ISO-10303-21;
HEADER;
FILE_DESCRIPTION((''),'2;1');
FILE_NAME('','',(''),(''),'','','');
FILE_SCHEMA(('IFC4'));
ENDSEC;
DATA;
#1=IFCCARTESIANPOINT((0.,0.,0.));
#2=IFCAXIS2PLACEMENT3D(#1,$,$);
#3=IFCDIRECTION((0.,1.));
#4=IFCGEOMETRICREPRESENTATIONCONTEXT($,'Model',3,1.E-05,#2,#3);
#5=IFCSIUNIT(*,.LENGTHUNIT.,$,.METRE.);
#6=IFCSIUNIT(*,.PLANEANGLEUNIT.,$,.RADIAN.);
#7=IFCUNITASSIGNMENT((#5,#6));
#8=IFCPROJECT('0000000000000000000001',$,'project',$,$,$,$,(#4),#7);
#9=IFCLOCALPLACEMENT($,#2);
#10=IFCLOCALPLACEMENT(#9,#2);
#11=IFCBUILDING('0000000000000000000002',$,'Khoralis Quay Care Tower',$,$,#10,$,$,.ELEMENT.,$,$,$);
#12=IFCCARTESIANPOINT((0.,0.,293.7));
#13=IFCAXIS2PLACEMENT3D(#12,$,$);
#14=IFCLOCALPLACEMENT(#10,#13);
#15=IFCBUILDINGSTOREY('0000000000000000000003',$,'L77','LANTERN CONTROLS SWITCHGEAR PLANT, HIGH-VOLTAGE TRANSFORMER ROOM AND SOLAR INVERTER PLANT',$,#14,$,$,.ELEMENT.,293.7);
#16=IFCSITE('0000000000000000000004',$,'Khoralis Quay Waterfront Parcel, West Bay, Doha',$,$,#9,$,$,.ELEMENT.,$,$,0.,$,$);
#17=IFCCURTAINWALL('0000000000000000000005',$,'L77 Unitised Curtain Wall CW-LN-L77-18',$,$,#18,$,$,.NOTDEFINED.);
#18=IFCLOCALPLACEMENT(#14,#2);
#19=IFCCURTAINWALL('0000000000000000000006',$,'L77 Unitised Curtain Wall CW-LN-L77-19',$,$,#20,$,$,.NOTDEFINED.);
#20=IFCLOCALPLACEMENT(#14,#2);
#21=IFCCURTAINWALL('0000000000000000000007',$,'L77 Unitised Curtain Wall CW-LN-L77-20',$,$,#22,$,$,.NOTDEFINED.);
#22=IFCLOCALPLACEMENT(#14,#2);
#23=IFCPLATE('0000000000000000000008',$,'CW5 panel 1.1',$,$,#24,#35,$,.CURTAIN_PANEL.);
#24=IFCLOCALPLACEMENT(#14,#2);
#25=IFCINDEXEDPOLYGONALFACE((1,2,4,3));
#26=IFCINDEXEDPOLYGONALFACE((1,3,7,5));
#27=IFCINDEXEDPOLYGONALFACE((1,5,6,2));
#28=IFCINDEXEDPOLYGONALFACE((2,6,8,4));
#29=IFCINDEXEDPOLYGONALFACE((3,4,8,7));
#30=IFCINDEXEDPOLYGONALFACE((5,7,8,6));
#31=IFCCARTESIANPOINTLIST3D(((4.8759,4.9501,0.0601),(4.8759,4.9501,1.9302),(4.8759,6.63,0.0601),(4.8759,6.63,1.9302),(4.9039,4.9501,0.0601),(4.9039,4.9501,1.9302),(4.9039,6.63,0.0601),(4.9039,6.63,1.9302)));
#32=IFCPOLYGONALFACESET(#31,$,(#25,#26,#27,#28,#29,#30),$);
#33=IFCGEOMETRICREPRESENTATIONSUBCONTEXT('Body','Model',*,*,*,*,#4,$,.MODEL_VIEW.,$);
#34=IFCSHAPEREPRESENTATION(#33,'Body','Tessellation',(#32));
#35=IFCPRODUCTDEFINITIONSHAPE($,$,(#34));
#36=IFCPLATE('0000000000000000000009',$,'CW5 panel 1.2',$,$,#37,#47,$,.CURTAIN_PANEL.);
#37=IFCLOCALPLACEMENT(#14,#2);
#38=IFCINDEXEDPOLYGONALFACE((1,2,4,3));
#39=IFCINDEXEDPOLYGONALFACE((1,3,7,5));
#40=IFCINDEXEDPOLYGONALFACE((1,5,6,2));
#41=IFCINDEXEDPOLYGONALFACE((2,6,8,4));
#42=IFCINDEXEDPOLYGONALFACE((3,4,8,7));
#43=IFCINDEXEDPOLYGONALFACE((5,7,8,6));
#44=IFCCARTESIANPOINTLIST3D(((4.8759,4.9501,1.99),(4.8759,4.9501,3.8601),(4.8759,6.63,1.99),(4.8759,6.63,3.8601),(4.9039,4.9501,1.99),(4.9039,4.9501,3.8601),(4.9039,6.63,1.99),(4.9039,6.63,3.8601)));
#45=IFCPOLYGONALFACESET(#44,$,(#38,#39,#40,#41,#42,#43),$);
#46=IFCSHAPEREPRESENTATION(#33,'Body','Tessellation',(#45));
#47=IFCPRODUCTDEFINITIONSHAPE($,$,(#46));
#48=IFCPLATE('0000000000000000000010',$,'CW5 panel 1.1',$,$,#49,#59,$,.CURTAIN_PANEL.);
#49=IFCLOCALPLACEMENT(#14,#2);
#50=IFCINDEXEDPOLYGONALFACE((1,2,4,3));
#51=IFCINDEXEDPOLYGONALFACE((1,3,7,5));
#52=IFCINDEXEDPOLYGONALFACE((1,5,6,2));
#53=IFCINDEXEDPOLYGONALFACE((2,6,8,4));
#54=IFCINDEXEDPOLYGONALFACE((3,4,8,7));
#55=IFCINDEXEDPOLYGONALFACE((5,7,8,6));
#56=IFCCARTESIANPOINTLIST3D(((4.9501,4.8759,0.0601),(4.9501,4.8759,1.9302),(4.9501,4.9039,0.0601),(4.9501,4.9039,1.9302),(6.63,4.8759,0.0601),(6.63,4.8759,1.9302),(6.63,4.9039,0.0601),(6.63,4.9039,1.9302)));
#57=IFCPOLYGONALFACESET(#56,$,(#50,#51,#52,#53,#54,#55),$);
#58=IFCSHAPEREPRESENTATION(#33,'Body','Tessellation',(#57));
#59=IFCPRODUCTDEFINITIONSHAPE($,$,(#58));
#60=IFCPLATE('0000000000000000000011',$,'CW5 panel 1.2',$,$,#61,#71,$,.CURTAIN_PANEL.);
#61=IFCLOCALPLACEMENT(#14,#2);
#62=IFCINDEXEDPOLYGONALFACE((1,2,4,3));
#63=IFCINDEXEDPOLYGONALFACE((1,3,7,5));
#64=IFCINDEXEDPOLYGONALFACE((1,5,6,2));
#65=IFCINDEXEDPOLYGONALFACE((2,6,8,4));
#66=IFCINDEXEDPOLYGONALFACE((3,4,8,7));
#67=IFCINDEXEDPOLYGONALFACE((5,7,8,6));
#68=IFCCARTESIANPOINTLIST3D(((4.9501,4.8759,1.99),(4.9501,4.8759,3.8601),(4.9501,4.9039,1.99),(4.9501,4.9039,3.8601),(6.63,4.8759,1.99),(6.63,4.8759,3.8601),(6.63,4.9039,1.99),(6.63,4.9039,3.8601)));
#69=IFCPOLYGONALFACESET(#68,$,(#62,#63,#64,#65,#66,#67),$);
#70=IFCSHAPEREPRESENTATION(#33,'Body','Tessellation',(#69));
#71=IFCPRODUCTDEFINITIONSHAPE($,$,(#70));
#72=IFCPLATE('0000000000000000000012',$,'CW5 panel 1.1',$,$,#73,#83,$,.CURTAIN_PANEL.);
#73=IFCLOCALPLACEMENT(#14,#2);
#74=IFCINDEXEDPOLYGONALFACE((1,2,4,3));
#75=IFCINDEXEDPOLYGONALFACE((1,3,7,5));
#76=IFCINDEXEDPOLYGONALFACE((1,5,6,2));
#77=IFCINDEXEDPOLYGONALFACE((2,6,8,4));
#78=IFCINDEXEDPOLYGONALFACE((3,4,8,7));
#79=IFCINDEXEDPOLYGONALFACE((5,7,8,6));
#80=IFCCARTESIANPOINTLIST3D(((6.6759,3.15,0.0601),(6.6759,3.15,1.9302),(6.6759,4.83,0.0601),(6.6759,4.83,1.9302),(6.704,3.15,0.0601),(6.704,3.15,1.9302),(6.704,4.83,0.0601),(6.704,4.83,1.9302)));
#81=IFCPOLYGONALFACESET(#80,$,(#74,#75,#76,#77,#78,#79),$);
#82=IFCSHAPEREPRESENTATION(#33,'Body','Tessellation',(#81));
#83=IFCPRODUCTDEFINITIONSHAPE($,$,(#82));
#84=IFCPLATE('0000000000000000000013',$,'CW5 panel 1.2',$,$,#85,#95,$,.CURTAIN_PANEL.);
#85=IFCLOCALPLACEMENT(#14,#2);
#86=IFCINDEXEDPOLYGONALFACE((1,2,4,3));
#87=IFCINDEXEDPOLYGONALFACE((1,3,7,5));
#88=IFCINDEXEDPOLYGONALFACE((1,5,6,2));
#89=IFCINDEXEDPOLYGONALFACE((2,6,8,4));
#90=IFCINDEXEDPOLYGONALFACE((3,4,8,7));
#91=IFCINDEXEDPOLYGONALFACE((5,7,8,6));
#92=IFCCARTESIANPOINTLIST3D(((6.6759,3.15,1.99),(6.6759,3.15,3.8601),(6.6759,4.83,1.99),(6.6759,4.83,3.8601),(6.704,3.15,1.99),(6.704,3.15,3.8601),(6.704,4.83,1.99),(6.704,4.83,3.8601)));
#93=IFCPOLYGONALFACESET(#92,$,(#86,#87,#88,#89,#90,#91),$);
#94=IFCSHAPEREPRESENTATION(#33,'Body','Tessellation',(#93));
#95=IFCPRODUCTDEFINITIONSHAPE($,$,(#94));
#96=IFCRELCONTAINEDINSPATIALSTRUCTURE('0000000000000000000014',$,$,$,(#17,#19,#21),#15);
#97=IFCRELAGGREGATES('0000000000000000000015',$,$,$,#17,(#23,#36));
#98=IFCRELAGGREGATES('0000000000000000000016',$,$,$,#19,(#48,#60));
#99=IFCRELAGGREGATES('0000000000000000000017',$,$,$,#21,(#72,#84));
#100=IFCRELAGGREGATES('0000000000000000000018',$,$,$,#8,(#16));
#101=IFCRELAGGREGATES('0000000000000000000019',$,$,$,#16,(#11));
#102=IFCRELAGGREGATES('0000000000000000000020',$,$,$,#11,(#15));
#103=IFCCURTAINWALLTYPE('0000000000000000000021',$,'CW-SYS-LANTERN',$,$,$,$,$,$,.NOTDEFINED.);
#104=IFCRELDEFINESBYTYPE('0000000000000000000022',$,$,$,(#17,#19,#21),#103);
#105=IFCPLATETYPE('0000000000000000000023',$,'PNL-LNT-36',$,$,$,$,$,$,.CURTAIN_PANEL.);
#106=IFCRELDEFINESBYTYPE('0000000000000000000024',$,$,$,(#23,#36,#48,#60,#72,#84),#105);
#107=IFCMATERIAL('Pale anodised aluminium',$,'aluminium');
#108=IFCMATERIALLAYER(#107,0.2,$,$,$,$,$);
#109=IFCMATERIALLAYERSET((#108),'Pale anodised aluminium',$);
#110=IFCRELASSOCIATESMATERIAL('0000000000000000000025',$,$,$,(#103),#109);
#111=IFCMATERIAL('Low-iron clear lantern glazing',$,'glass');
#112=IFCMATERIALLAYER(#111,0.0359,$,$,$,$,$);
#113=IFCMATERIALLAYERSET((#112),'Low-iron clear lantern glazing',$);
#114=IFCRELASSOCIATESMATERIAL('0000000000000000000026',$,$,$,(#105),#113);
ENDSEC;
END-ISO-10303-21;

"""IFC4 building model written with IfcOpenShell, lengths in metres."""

from ifc_helpers import new_model, si_unit, direction, frame, origin, origin_2d, place, context, subcontext, project, spatial, rectangle, extrude, source, transform, mapped, material, layer, layer_set, type_object, element, aggregate, save


model = new_model("IFC4")

# Units and contexts
model_context = context("Model", 3, precision=1e-05, world=origin(), true_north=direction((0.0, 1.0)))
body_context = subcontext(model_context, "Body", "Model", "MODEL_VIEW")
ifc_project = project(units=[si_unit("LENGTHUNIT", "METRE"), si_unit("PLANEANGLEUNIT", "RADIAN")], contexts=[model_context])

# Site, building, storey
site_placement = place(None, origin())
site = spatial("IfcSite", under=ifc_project, at=site_placement, Name="Khoralis Quay Waterfront Parcel, West Bay, Doha", CompositionType="ELEMENT", RefElevation=0.0)
building_placement = place(site_placement, origin())
building = spatial("IfcBuilding", under=site, at=building_placement, Name="Khoralis Quay Care Tower", CompositionType="ELEMENT")
storey_placement = place(building_placement, frame((0.0, 0.0, 293.7)))
storey = spatial("IfcBuildingStorey", under=building, at=storey_placement, Name="L77", Description="LANTERN CONTROLS SWITCHGEAR PLANT, HIGH-VOLTAGE TRANSFORMER ROOM AND SOLAR INVERTER PLANT", CompositionType="ELEMENT", Elevation=293.7)

# Shared definitions
ifc_material_1 = material(Name="Pale anodised aluminium", Category="aluminium")
ifc_layer_1 = layer(ifc_material_1, 0.2)
ifc_layer_set_1 = layer_set([ifc_layer_1], Name="Pale anodised aluminium")
curtain_wall_type = type_object("IfcCurtainWallType", Name="CW-SYS-LANTERN", PredefinedType="NOTDEFINED", material=ifc_layer_set_1)

# Curtain walls
curtain_wall_1_placement = place(storey_placement, origin())
curtain_wall_1 = element("IfcCurtainWall", 1, at=curtain_wall_1_placement, inside=storey, type_object=curtain_wall_type, Name="L77 Unitised Curtain Wall CW-LN-L77-18", PredefinedType="NOTDEFINED")
curtain_wall_2_placement = place(storey_placement, origin())
curtain_wall_2 = element("IfcCurtainWall", 2, at=curtain_wall_2_placement, inside=storey, type_object=curtain_wall_type, Name="L77 Unitised Curtain Wall CW-LN-L77-19", PredefinedType="NOTDEFINED")

# Curtain wall
curtain_wall_3_placement = place(storey_placement, origin())
curtain_wall_3 = element("IfcCurtainWall", 3, at=curtain_wall_3_placement, inside=storey, type_object=curtain_wall_type, Name="L77 Unitised Curtain Wall CW-LN-L77-20", PredefinedType="NOTDEFINED")

# Plates
ifc_material_2 = material(Name="Low-iron clear lantern glazing", Category="glass")
ifc_layer_2 = layer(ifc_material_2, 0.0359)
ifc_layer_set_2 = layer_set([ifc_layer_2], Name="Low-iron clear lantern glazing")
plate_type = type_object("IfcPlateType", Name="PNL-LNT-36", PredefinedType="CURTAIN_PANEL", material=ifc_layer_set_2)
shared_shape_1 = source(origin(), body_context, "Body", "SweptSolid", [
    extrude(rectangle(XDim=1.6799, YDim=0.0281, at=origin_2d()), origin(), (0.0, 0.0, 1.0), 1.8701),
])
plate_1_placement = place(storey_placement, frame((4.8899, 5.79, 0.0601), z_axis=(0.0, 0.0, 1.0), x_axis=(0.0, -1.0, 0.0)))
plate_1 = element("IfcPlate", 4, at=plate_1_placement, type_object=plate_type, Name="CW5 panel 1.1", PredefinedType="CURTAIN_PANEL", context=body_context, shape_type="MappedRepresentation", body=[
    mapped(shared_shape_1, transform((0.0, 0.0, 0.0), scale=1.0)),
])
plate_2_placement = place(storey_placement, frame((4.8899, 5.79, 1.99), z_axis=(0.0, 0.0, 1.0), x_axis=(0.0, -1.0, 0.0)))
plate_2 = element("IfcPlate", 5, at=plate_2_placement, type_object=plate_type, Name="CW5 panel 1.2", PredefinedType="CURTAIN_PANEL", context=body_context, shape_type="MappedRepresentation", body=[
    mapped(shared_shape_1, transform((0.0, 0.0, 0.0), scale=1.0)),
])
aggregate(curtain_wall_1, [plate_1, plate_2])
plate_3_placement = place(storey_placement, frame((5.79, 4.8899, 0.0601), z_axis=(0.0, 0.0, 1.0), x_axis=(1.0, 0.0, 0.0)))
plate_3 = element("IfcPlate", 6, at=plate_3_placement, type_object=plate_type, Name="CW5 panel 1.1", PredefinedType="CURTAIN_PANEL", context=body_context, shape_type="MappedRepresentation", body=[
    mapped(shared_shape_1, transform((0.0, 0.0, 0.0), scale=1.0)),
])
plate_4_placement = place(storey_placement, frame((5.79, 4.8899, 1.99), z_axis=(0.0, 0.0, 1.0), x_axis=(1.0, 0.0, 0.0)))
plate_4 = element("IfcPlate", 7, at=plate_4_placement, type_object=plate_type, Name="CW5 panel 1.2", PredefinedType="CURTAIN_PANEL", context=body_context, shape_type="MappedRepresentation", body=[
    mapped(shared_shape_1, transform((0.0, 0.0, 0.0), scale=1.0)),
])
aggregate(curtain_wall_2, [plate_3, plate_4])
plate_5_placement = place(storey_placement, frame((6.6899, 3.99, 0.0601), z_axis=(0.0, 0.0, 1.0), x_axis=(0.0, -1.0, 0.0)))
plate_5 = element("IfcPlate", 8, at=plate_5_placement, type_object=plate_type, Name="CW5 panel 1.1", PredefinedType="CURTAIN_PANEL", context=body_context, shape_type="MappedRepresentation", body=[
    mapped(shared_shape_1, transform((0.0, 0.0, 0.0), scale=1.0)),
])
plate_6_placement = place(storey_placement, frame((6.6899, 3.99, 1.99), z_axis=(0.0, 0.0, 1.0), x_axis=(0.0, -1.0, 0.0)))
plate_6 = element("IfcPlate", 9, at=plate_6_placement, type_object=plate_type, Name="CW5 panel 1.2", PredefinedType="CURTAIN_PANEL", context=body_context, shape_type="MappedRepresentation", body=[
    mapped(shared_shape_1, transform((0.0, 0.0, 0.0), scale=1.0)),
])
aggregate(curtain_wall_3, [plate_5, plate_6])

save(model, "model.ifc")
